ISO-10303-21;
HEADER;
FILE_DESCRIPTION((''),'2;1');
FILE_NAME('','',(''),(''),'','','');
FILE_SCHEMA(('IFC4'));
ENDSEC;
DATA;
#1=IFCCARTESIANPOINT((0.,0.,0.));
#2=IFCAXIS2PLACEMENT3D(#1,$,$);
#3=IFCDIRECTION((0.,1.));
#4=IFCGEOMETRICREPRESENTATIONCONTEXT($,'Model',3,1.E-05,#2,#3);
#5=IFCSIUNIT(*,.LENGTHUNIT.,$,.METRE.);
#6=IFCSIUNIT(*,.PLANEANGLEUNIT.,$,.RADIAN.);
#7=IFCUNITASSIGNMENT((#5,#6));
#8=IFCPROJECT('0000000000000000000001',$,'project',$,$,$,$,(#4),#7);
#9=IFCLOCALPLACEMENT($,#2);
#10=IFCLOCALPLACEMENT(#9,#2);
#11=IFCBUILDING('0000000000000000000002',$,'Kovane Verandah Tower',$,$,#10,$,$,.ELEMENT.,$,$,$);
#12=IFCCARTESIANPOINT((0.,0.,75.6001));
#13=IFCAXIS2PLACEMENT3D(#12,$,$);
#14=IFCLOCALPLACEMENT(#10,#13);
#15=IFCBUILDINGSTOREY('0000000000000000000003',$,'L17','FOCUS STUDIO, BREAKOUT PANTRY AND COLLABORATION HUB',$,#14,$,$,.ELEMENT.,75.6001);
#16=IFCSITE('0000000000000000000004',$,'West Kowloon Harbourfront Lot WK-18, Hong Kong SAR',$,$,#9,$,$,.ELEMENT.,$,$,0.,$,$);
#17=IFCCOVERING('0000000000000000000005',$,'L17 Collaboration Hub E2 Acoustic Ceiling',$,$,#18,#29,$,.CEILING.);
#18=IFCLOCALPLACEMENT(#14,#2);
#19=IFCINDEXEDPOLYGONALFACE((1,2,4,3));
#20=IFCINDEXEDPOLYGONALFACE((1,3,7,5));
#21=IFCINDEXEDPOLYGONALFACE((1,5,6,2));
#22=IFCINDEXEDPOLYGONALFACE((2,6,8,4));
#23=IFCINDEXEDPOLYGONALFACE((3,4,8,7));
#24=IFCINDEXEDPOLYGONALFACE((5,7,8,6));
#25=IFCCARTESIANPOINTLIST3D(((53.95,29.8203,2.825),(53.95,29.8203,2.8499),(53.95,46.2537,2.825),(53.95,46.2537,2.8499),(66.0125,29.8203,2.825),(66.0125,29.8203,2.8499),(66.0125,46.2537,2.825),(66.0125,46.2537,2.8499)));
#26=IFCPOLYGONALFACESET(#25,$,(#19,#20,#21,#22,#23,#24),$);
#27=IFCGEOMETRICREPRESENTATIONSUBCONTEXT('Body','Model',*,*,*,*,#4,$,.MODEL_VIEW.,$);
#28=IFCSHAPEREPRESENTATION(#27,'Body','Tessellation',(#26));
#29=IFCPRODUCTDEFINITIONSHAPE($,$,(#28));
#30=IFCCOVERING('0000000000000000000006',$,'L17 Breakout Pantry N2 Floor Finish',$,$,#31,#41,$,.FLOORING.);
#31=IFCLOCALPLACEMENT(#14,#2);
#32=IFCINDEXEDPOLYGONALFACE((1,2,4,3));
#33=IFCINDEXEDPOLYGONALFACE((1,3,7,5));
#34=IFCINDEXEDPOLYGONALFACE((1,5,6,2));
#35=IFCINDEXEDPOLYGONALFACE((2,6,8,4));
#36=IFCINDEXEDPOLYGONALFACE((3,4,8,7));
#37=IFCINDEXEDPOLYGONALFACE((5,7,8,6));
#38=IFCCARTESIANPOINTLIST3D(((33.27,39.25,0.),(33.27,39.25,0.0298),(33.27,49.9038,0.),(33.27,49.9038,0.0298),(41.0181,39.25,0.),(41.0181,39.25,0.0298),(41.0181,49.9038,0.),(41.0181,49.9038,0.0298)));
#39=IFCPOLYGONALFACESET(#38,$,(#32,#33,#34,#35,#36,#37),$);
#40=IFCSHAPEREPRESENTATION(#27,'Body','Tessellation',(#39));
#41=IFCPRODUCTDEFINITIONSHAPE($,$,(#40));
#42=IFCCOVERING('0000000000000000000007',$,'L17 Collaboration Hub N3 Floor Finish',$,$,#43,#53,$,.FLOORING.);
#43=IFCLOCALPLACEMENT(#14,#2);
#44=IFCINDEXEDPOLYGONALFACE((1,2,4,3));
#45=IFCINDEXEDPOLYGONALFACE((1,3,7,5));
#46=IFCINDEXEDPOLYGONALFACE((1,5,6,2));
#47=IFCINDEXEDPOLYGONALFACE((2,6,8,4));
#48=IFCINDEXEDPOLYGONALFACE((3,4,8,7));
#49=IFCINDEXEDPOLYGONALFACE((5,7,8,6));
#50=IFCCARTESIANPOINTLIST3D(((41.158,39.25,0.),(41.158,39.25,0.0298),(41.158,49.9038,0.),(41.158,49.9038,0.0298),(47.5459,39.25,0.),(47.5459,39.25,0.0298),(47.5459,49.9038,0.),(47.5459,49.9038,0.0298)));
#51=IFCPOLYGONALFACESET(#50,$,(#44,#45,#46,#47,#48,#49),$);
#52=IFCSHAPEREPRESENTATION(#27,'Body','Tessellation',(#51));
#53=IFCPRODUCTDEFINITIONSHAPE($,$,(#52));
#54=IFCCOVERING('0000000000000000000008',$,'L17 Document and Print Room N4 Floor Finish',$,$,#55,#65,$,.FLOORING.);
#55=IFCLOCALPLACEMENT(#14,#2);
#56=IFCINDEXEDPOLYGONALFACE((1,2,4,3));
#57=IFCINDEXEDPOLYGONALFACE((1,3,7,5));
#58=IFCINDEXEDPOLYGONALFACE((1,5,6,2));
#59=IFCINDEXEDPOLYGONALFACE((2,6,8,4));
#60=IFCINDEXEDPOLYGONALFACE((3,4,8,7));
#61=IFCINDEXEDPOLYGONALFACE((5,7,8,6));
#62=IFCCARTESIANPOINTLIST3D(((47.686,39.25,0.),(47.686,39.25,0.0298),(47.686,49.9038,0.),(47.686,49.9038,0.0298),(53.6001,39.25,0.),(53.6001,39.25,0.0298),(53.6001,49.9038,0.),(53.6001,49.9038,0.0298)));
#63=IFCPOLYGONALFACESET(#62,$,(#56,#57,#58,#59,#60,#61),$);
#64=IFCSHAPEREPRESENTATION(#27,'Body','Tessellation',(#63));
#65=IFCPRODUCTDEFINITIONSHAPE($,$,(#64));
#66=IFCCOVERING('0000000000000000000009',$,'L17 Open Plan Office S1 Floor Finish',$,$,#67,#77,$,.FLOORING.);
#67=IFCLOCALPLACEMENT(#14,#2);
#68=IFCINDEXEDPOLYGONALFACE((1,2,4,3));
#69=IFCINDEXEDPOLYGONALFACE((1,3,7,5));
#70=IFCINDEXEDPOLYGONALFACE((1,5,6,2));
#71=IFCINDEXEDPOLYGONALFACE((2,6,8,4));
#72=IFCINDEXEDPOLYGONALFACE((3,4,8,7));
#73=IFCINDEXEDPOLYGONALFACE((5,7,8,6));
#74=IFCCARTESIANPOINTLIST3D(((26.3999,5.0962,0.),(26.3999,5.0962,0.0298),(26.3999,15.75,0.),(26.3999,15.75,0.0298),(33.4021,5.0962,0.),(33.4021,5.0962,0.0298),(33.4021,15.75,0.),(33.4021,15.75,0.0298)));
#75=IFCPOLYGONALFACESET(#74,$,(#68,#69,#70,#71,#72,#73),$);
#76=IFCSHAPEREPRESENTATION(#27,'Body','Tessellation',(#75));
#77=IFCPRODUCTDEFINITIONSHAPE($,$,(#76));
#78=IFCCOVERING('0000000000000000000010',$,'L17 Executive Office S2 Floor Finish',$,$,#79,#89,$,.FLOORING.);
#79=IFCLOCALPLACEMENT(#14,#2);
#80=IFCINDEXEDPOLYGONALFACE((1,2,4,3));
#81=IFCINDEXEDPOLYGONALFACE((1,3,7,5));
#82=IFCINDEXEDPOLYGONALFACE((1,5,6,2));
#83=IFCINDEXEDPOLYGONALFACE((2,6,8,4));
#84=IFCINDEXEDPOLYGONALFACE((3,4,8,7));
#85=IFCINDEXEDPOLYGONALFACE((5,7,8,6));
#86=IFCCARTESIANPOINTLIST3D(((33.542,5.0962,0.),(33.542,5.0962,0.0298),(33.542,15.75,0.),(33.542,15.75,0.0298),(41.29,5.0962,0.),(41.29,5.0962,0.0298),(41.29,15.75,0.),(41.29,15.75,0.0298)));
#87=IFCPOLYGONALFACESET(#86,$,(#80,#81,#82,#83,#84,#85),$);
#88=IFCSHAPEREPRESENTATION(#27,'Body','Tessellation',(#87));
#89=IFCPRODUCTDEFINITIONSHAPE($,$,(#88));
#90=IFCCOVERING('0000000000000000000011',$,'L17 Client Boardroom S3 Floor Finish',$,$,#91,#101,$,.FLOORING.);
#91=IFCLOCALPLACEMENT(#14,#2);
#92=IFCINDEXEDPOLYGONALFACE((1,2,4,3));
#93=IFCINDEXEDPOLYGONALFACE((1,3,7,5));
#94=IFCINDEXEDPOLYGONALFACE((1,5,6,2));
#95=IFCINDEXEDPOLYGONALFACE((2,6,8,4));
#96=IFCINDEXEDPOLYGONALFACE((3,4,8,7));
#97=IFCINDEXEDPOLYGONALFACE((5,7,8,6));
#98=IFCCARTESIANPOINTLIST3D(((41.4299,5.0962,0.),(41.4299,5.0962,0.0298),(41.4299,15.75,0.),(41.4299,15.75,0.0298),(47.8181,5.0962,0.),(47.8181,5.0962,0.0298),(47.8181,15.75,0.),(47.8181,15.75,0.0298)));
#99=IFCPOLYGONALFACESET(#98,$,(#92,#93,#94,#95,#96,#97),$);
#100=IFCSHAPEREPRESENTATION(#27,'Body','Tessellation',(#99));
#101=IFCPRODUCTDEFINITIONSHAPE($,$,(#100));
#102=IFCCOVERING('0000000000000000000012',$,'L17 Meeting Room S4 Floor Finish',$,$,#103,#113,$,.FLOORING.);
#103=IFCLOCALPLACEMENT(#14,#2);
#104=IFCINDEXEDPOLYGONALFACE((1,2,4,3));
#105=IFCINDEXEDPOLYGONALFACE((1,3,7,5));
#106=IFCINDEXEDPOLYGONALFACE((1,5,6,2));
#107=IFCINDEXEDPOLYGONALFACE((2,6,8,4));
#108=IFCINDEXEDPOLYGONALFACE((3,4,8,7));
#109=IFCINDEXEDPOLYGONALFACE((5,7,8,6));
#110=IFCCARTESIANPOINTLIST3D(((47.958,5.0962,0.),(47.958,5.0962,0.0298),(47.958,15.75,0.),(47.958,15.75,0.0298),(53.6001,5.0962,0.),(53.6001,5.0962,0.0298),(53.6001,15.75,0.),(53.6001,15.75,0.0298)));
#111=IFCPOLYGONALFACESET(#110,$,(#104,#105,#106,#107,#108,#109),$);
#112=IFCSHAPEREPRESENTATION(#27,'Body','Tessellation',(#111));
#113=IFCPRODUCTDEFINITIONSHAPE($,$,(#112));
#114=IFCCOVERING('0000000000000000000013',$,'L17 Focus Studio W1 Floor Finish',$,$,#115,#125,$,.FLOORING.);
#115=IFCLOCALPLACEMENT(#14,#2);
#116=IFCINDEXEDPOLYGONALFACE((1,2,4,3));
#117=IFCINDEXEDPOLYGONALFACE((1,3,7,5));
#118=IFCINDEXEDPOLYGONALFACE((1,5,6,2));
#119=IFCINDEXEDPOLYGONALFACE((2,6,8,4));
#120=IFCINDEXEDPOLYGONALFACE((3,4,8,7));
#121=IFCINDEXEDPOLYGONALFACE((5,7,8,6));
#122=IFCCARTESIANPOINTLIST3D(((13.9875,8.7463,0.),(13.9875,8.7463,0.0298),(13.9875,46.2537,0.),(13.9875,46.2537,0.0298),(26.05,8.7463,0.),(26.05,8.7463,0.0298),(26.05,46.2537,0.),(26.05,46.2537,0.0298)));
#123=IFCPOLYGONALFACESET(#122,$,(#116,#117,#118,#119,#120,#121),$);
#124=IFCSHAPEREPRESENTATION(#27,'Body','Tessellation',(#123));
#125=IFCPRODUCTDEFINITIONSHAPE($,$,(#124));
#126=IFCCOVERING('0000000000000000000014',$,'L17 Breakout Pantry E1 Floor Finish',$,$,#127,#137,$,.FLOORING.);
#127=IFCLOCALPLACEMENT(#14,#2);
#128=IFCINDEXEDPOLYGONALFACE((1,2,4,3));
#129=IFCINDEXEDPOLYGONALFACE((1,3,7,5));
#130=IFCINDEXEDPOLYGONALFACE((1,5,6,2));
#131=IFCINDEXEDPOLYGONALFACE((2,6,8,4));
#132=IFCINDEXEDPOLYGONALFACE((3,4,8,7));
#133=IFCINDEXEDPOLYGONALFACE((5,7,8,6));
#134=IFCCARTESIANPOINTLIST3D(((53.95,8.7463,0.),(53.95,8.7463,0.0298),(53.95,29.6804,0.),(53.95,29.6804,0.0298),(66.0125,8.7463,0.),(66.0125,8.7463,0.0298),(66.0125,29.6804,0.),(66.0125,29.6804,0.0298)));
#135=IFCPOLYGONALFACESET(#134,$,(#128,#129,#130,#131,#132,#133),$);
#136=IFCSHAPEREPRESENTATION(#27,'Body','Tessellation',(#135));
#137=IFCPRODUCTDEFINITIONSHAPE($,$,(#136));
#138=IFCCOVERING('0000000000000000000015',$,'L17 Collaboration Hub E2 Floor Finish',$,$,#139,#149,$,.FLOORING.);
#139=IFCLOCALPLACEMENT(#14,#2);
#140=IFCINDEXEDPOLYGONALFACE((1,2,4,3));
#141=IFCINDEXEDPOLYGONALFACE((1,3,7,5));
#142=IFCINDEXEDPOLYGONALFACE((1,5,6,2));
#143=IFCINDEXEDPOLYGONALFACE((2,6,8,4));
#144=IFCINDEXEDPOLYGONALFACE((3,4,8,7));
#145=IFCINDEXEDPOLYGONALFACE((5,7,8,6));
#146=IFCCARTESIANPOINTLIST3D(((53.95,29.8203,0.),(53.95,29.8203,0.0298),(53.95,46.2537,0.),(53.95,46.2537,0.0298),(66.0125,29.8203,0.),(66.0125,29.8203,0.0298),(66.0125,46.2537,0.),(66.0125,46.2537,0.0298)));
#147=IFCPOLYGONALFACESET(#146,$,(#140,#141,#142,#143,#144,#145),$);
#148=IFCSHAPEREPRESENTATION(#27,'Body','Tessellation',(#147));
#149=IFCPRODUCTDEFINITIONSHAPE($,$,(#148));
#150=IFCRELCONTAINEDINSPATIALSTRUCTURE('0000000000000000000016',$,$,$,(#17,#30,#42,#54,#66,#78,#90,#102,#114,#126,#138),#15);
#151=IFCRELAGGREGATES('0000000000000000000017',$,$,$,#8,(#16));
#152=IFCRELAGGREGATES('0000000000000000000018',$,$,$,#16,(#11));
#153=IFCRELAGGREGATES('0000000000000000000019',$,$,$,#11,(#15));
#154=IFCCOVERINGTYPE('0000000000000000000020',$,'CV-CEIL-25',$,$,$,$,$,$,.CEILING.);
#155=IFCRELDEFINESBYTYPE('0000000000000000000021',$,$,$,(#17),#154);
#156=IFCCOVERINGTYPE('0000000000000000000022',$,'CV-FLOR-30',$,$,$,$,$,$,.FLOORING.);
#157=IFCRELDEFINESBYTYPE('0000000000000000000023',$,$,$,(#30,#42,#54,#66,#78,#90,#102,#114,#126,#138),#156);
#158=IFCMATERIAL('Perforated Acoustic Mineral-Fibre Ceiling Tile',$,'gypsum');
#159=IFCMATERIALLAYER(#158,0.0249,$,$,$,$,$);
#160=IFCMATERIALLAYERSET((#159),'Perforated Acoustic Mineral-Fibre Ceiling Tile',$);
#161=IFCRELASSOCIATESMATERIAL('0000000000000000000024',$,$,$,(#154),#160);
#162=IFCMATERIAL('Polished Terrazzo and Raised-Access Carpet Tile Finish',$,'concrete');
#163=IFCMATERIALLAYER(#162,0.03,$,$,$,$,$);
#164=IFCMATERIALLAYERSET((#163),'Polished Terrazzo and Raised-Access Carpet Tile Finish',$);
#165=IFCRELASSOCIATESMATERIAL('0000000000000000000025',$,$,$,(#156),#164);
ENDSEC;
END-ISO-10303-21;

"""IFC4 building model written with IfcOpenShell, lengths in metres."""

from ifc_helpers import new_model, si_unit, direction, frame, origin, place, context, subcontext, project, spatial, polyline, outline, extrude, material, layer, layer_set, type_object, element, save


model = new_model("IFC4")

# Units and contexts
model_context = context("Model", 3, precision=1e-05, world=origin(), true_north=direction((0.0, 1.0)))
body_context = subcontext(model_context, "Body", "Model", "MODEL_VIEW")
ifc_project = project(units=[si_unit("LENGTHUNIT", "METRE"), si_unit("PLANEANGLEUNIT", "RADIAN")], contexts=[model_context])

# Site, building, storey
site_placement = place(None, origin())
site = spatial("IfcSite", under=ifc_project, at=site_placement, Name="West Kowloon Harbourfront Lot WK-18, Hong Kong SAR", CompositionType="ELEMENT", RefElevation=0.0)
building_placement = place(site_placement, origin())
building = spatial("IfcBuilding", under=site, at=building_placement, Name="Kovane Verandah Tower", CompositionType="ELEMENT")
storey_placement = place(building_placement, frame((0.0, 0.0, 75.6001)))
storey = spatial("IfcBuildingStorey", under=building, at=storey_placement, Name="L17", Description="FOCUS STUDIO, BREAKOUT PANTRY AND COLLABORATION HUB", CompositionType="ELEMENT", Elevation=75.6001)

# Coverings
ifc_material_1 = material(Name="Perforated Acoustic Mineral-Fibre Ceiling Tile", Category="gypsum")
ifc_layer_1 = layer(ifc_material_1, 0.0249)
ifc_layer_set_1 = layer_set([ifc_layer_1], Name="Perforated Acoustic Mineral-Fibre Ceiling Tile")
covering_type_1 = type_object("IfcCoveringType", Name="CV-CEIL-25", PredefinedType="CEILING", material=ifc_layer_set_1)
covering_1_placement = place(storey_placement, frame((0.0, 0.0, 2.825)))
element("IfcCovering", 1, at=covering_1_placement, inside=storey, type_object=covering_type_1, Name="L17 Collaboration Hub E2 Acoustic Ceiling", PredefinedType="CEILING", context=body_context, shape_type="SweptSolid", body=[
    extrude(outline(polyline([(53.95, 29.8203), (66.0125, 29.8203), (66.0125, 46.2537), (53.95, 46.2537), (53.95, 29.8203)])), origin(), (0.0, 0.0, 1.0), 0.0249),
])
ifc_material_2 = material(Name="Polished Terrazzo and Raised-Access Carpet Tile Finish", Category="concrete")
ifc_layer_2 = layer(ifc_material_2, 0.03)
ifc_layer_set_2 = layer_set([ifc_layer_2], Name="Polished Terrazzo and Raised-Access Carpet Tile Finish")
covering_type_2 = type_object("IfcCoveringType", Name="CV-FLOR-30", PredefinedType="FLOORING", material=ifc_layer_set_2)
covering_2_placement = place(storey_placement, origin())
element("IfcCovering", 2, at=covering_2_placement, inside=storey, type_object=covering_type_2, Name="L17 Breakout Pantry N2 Floor Finish", PredefinedType="FLOORING", context=body_context, shape_type="SweptSolid", body=[
    extrude(outline(polyline([(33.27, 39.25), (41.0181, 39.25), (41.0181, 49.9038), (33.27, 49.9038), (33.27, 39.25)])), origin(), (0.0, 0.0, 1.0), 0.0298),
])
covering_3_placement = place(storey_placement, origin())
element("IfcCovering", 3, at=covering_3_placement, inside=storey, type_object=covering_type_2, Name="L17 Collaboration Hub N3 Floor Finish", PredefinedType="FLOORING", context=body_context, shape_type="SweptSolid", body=[
    extrude(outline(polyline([(41.158, 39.25), (47.5459, 39.25), (47.5459, 49.9038), (41.158, 49.9038), (41.158, 39.25)])), origin(), (0.0, 0.0, 1.0), 0.0298),
])
covering_4_placement = place(storey_placement, origin())
element("IfcCovering", 4, at=covering_4_placement, inside=storey, type_object=covering_type_2, Name="L17 Document and Print Room N4 Floor Finish", PredefinedType="FLOORING", context=body_context, shape_type="SweptSolid", body=[
    extrude(outline(polyline([(47.686, 39.25), (53.6001, 39.25), (53.6001, 49.9038), (47.686, 49.9038), (47.686, 39.25)])), origin(), (0.0, 0.0, 1.0), 0.0298),
])
covering_5_placement = place(storey_placement, origin())
element("IfcCovering", 5, at=covering_5_placement, inside=storey, type_object=covering_type_2, Name="L17 Open Plan Office S1 Floor Finish", PredefinedType="FLOORING", context=body_context, shape_type="SweptSolid", body=[
    extrude(outline(polyline([(26.3999, 5.0962), (33.4021, 5.0962), (33.4021, 15.75), (26.3999, 15.75), (26.3999, 5.0962)])), origin(), (0.0, 0.0, 1.0), 0.0298),
])
covering_6_placement = place(storey_placement, origin())
element("IfcCovering", 6, at=covering_6_placement, inside=storey, type_object=covering_type_2, Name="L17 Executive Office S2 Floor Finish", PredefinedType="FLOORING", context=body_context, shape_type="SweptSolid", body=[
    extrude(outline(polyline([(33.542, 5.0962), (41.29, 5.0962), (41.29, 15.75), (33.542, 15.75), (33.542, 5.0962)])), origin(), (0.0, 0.0, 1.0), 0.0298),
])
covering_7_placement = place(storey_placement, origin())
element("IfcCovering", 7, at=covering_7_placement, inside=storey, type_object=covering_type_2, Name="L17 Client Boardroom S3 Floor Finish", PredefinedType="FLOORING", context=body_context, shape_type="SweptSolid", body=[
    extrude(outline(polyline([(41.4299, 5.0962), (47.8181, 5.0962), (47.8181, 15.75), (41.4299, 15.75), (41.4299, 5.0962)])), origin(), (0.0, 0.0, 1.0), 0.0298),
])
covering_8_placement = place(storey_placement, origin())
element("IfcCovering", 8, at=covering_8_placement, inside=storey, type_object=covering_type_2, Name="L17 Meeting Room S4 Floor Finish", PredefinedType="FLOORING", context=body_context, shape_type="SweptSolid", body=[
    extrude(outline(polyline([(47.958, 5.0962), (53.6001, 5.0962), (53.6001, 15.75), (47.958, 15.75), (47.958, 5.0962)])), origin(), (0.0, 0.0, 1.0), 0.0298),
])
covering_9_placement = place(storey_placement, origin())
element("IfcCovering", 9, at=covering_9_placement, inside=storey, type_object=covering_type_2, Name="L17 Focus Studio W1 Floor Finish", PredefinedType="FLOORING", context=body_context, shape_type="SweptSolid", body=[
    extrude(outline(polyline([(13.9875, 8.7463), (26.05, 8.7463), (26.05, 46.2537), (13.9875, 46.2537), (13.9875, 8.7463)])), origin(), (0.0, 0.0, 1.0), 0.0298),
])
covering_10_placement = place(storey_placement, origin())
element("IfcCovering", 10, at=covering_10_placement, inside=storey, type_object=covering_type_2, Name="L17 Breakout Pantry E1 Floor Finish", PredefinedType="FLOORING", context=body_context, shape_type="SweptSolid", body=[
    extrude(outline(polyline([(53.95, 8.7463), (66.0125, 8.7463), (66.0125, 29.6804), (53.95, 29.6804), (53.95, 8.7463)])), origin(), (0.0, 0.0, 1.0), 0.0298),
])
covering_11_placement = place(storey_placement, origin())
element("IfcCovering", 11, at=covering_11_placement, inside=storey, type_object=covering_type_2, Name="L17 Collaboration Hub E2 Floor Finish", PredefinedType="FLOORING", context=body_context, shape_type="SweptSolid", body=[
    extrude(outline(polyline([(53.95, 29.8203), (66.0125, 29.8203), (66.0125, 46.2537), (53.95, 46.2537), (53.95, 29.8203)])), origin(), (0.0, 0.0, 1.0), 0.0298),
])

save(model, "model.ifc")
